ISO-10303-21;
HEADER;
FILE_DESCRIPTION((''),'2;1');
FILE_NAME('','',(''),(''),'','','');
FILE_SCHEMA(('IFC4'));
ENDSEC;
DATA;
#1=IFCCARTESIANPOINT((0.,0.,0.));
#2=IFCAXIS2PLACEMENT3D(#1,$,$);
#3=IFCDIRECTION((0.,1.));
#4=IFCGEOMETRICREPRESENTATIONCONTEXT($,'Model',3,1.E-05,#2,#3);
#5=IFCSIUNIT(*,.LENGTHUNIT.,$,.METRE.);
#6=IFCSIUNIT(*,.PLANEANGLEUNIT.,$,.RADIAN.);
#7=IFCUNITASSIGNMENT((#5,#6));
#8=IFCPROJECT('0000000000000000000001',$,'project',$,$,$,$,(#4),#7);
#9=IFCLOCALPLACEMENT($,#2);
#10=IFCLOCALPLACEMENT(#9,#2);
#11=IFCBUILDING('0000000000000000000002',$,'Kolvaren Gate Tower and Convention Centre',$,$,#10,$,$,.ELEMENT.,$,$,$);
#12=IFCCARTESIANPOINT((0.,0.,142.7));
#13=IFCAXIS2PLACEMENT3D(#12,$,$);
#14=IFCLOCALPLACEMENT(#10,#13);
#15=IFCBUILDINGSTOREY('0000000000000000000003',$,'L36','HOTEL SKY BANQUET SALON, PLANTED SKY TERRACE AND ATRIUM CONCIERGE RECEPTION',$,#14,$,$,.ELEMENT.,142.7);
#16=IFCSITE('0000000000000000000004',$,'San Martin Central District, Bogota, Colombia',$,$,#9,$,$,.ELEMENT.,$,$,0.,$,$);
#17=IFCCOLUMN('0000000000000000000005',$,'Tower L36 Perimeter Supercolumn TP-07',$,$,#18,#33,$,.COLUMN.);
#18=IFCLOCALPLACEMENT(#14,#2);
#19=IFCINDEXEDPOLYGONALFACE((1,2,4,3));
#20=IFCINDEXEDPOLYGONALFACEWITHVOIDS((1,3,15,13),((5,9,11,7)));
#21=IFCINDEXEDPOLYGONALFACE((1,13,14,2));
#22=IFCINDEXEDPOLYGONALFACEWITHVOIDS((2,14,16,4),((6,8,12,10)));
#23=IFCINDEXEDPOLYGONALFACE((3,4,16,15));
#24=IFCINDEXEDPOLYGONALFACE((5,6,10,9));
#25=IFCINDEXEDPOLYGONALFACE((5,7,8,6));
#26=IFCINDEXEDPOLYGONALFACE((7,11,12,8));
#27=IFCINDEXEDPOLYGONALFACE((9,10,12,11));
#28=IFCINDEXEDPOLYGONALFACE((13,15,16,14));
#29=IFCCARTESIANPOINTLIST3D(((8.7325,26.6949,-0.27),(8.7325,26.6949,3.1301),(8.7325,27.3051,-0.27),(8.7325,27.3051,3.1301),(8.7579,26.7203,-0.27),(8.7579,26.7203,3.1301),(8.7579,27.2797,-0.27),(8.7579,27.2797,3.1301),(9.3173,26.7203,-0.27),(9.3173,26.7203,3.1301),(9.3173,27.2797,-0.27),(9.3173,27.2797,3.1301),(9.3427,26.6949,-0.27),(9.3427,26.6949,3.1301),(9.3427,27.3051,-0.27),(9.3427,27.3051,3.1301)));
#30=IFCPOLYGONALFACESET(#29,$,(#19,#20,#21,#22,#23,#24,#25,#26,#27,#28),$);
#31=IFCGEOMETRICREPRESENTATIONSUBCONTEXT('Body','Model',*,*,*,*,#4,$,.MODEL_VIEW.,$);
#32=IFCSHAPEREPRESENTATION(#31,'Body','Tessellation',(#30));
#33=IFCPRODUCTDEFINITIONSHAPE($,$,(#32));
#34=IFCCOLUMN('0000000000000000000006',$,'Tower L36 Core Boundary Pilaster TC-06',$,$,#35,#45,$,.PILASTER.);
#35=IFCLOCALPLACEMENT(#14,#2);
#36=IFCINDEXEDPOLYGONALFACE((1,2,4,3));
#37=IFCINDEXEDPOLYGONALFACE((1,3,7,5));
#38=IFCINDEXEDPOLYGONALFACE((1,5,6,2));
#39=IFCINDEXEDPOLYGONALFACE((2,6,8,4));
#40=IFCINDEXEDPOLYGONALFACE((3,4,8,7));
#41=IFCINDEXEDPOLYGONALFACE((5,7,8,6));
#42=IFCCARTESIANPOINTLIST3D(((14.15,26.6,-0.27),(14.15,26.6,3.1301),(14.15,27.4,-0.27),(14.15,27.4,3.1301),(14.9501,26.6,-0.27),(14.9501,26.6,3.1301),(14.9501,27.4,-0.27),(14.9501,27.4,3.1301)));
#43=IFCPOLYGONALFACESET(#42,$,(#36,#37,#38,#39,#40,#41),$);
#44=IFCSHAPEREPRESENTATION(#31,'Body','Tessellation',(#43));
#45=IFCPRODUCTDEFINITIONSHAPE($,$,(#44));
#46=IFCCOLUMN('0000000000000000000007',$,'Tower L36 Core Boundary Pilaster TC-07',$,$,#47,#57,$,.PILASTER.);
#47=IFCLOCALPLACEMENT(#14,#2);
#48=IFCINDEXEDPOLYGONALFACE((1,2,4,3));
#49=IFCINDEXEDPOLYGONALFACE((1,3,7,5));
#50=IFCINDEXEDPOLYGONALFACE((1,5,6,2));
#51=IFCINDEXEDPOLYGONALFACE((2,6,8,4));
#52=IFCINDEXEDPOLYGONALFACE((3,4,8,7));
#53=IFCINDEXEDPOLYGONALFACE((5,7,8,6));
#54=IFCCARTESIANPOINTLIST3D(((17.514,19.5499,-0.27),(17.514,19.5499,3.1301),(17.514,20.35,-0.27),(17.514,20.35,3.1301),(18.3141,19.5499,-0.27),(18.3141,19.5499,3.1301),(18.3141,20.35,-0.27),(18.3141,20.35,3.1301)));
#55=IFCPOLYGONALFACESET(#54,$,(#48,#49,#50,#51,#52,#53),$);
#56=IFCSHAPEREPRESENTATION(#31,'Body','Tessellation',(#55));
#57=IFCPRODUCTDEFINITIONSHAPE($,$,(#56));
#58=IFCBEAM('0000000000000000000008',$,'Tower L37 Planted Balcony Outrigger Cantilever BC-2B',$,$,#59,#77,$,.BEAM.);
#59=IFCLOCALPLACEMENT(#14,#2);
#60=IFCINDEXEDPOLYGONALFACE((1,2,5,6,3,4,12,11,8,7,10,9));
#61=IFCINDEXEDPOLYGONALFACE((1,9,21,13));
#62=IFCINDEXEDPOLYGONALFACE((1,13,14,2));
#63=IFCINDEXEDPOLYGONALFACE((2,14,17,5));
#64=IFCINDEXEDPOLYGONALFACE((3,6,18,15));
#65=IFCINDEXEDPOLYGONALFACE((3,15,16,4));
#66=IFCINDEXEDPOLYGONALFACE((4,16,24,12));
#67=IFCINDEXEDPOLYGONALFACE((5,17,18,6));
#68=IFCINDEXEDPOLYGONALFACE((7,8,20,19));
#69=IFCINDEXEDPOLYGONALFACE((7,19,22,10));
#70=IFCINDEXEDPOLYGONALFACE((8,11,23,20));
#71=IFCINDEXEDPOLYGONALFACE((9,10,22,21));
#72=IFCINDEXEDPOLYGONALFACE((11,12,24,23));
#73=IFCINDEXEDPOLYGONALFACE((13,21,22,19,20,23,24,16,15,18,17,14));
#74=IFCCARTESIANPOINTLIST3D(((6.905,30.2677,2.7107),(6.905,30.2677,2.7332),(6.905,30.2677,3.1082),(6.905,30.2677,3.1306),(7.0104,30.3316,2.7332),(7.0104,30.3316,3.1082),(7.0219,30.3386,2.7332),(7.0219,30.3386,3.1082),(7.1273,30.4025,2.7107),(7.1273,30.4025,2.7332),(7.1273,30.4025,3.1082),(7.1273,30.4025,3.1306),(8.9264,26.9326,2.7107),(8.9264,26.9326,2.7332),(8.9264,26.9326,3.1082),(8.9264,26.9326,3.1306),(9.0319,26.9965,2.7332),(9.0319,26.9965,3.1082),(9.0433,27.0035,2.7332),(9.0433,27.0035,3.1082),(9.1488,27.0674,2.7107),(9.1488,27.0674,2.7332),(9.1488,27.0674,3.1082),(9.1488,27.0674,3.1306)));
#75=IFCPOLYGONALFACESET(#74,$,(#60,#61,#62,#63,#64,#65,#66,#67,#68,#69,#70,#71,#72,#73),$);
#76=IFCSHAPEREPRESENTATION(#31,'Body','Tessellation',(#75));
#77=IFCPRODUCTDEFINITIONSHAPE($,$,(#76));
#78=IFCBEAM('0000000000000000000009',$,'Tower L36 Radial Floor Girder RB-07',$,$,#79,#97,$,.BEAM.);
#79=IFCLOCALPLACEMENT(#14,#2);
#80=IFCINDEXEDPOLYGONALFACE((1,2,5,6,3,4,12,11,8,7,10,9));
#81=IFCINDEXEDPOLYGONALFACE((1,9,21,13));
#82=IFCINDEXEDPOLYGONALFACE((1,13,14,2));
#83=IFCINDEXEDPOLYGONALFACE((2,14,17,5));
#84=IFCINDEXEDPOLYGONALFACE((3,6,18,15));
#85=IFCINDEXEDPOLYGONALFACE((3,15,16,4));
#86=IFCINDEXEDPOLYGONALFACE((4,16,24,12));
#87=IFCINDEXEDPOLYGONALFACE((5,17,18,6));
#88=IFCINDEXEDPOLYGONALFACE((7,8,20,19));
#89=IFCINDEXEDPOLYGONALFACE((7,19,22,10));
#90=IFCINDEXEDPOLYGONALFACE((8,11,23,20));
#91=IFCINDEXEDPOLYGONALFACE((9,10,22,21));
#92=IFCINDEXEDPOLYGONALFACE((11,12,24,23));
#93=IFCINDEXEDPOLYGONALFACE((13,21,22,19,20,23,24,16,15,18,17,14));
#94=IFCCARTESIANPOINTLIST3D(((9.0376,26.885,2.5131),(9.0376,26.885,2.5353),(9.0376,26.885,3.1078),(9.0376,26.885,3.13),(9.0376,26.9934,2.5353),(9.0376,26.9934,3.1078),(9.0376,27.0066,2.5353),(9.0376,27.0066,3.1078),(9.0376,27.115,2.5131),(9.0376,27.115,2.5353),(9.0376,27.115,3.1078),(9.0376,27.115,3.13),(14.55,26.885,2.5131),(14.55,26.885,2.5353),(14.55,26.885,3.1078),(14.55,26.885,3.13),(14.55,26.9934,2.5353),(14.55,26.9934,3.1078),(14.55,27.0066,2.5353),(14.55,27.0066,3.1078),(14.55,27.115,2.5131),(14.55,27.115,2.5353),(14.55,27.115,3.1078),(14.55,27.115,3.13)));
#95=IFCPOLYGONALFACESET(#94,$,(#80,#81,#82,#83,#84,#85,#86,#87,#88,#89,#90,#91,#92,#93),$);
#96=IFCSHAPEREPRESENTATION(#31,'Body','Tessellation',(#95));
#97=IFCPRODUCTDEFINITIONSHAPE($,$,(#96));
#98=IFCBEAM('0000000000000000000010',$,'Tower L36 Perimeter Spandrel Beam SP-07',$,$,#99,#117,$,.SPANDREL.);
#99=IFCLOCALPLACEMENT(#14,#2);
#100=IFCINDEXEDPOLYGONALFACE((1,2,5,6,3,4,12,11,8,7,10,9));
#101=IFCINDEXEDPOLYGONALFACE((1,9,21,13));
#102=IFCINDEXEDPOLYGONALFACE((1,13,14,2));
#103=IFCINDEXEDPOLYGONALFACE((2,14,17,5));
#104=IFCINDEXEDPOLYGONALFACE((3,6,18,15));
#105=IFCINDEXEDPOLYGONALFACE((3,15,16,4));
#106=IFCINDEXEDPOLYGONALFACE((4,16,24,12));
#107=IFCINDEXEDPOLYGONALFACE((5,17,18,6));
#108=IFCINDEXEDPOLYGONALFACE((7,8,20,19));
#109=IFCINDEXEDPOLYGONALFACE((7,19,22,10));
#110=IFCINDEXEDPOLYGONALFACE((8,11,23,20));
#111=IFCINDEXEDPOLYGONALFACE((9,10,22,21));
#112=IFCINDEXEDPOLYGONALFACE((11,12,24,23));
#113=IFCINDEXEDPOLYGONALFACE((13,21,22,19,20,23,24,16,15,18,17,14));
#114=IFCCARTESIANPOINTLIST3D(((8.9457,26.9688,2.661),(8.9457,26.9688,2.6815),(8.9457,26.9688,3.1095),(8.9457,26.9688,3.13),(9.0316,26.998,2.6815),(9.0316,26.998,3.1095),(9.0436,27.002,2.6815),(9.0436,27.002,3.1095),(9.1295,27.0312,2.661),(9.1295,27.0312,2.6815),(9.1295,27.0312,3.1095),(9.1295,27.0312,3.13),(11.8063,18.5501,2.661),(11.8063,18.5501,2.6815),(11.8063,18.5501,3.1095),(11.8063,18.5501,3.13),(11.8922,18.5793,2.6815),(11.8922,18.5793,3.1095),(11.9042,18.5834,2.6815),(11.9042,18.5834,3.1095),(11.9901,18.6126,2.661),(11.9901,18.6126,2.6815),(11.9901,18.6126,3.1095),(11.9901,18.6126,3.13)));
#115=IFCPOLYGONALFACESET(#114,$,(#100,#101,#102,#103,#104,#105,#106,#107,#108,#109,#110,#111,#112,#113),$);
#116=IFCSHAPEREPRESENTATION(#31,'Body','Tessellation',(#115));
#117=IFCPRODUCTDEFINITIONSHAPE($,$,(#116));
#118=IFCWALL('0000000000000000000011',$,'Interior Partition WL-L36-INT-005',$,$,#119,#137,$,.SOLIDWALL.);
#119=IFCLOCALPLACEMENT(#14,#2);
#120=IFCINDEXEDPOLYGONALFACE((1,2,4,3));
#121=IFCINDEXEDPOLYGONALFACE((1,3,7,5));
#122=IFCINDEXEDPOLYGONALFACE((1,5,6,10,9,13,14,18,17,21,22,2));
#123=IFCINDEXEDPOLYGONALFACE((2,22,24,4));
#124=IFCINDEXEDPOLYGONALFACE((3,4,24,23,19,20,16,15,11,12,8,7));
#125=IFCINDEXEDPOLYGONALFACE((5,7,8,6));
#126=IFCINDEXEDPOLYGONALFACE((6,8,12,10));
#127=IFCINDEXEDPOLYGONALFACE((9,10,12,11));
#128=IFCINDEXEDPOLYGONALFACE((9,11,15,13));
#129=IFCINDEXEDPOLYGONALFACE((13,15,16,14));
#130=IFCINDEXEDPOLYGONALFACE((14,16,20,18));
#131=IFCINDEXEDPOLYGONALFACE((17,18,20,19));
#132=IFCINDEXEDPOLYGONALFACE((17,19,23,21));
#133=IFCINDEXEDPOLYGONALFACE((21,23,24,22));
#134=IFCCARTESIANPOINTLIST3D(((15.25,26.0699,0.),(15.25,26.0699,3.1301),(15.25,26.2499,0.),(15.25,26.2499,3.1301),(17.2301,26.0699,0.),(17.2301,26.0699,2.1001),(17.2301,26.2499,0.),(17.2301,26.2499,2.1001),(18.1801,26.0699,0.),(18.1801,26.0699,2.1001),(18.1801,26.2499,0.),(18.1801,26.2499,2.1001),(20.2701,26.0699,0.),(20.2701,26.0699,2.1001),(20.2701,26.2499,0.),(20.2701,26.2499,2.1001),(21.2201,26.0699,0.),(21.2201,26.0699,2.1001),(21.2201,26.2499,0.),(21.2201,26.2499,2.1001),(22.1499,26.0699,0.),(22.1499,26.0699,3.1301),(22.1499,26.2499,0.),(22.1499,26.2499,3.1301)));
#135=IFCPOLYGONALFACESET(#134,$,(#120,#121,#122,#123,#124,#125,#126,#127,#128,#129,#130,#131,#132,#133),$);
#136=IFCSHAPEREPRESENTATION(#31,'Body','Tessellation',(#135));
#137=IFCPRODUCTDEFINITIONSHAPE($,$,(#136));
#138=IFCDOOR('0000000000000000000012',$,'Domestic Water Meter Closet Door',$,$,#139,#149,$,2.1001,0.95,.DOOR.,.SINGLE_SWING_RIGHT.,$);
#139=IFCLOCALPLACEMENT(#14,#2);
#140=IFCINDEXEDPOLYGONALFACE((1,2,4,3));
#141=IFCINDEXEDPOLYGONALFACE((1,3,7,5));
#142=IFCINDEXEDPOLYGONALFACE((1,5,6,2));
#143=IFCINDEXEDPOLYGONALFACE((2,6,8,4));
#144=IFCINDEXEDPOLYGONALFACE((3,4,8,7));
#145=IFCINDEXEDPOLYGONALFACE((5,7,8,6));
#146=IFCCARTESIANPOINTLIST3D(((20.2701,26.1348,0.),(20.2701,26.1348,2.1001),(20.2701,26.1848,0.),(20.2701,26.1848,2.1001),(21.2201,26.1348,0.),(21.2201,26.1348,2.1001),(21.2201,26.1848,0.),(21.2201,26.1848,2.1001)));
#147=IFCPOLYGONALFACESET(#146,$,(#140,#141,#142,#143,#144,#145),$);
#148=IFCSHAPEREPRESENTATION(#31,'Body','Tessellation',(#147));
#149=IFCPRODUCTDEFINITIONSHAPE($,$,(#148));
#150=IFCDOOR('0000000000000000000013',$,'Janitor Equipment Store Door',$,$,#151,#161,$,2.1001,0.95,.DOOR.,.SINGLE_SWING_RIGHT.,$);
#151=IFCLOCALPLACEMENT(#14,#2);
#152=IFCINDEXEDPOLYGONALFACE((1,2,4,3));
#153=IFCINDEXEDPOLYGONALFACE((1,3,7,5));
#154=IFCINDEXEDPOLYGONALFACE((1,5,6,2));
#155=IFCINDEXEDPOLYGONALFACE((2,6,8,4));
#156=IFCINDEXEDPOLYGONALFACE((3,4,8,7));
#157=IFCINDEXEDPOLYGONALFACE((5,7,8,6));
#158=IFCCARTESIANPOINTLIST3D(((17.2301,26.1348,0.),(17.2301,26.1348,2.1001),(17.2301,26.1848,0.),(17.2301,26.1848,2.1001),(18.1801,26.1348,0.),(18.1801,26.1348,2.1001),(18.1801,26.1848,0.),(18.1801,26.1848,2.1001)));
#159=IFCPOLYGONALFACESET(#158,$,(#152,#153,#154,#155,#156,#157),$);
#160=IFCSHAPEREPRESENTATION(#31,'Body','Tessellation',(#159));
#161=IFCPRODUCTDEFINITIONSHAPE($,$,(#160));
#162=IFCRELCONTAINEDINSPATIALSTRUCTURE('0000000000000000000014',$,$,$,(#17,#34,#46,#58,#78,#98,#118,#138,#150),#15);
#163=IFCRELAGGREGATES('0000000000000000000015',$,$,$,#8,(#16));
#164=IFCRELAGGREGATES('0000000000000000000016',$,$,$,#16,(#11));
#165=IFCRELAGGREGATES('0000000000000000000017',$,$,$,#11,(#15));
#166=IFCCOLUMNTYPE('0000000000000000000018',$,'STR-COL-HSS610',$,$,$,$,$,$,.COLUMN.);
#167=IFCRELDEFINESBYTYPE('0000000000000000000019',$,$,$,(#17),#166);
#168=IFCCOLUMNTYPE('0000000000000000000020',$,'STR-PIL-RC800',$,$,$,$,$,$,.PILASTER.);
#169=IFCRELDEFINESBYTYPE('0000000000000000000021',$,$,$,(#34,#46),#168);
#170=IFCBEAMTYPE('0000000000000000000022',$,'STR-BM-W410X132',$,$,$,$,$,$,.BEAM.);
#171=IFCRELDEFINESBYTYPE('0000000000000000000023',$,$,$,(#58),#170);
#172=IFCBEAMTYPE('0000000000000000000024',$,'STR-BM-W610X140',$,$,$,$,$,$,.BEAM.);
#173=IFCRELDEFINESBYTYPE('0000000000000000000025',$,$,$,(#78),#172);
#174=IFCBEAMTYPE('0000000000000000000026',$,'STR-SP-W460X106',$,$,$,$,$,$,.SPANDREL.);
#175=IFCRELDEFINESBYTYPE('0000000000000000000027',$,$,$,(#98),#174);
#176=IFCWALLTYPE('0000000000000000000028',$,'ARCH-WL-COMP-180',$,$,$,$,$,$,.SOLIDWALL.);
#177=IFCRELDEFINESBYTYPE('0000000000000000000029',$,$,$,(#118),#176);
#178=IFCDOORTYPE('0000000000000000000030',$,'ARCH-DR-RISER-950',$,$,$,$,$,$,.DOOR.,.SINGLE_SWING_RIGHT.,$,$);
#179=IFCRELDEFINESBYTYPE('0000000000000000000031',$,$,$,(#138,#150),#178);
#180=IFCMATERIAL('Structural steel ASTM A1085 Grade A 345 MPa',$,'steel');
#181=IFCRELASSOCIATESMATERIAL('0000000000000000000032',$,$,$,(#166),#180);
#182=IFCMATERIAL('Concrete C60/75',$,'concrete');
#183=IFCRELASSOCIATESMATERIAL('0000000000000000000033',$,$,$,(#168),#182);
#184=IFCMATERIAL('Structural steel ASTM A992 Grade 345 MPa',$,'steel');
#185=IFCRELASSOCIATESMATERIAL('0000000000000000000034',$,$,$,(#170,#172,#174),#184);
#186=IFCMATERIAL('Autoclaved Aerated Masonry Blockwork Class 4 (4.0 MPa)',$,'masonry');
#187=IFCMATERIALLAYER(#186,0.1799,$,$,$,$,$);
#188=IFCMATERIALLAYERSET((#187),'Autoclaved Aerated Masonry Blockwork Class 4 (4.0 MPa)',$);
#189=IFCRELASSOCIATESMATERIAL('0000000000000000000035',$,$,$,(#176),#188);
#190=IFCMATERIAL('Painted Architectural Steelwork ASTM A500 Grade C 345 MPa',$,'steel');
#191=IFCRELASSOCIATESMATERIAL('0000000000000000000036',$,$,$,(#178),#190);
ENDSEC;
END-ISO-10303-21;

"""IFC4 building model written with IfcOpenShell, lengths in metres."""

from ifc_helpers import new_model, si_unit, direction, frame, frame_2d, origin, origin_2d, place, context, subcontext, project, spatial, rectangle, hollow_rectangle, i_section, extrude, material, layer, layer_set, material_profile, profile_set, type_object, element, fill, save


model = new_model("IFC4")

# Units and contexts
model_context = context("Model", 3, precision=1e-05, world=origin(), true_north=direction((0.0, 1.0)))
body_context = subcontext(model_context, "Body", "Model", "MODEL_VIEW")
ifc_project = project(units=[si_unit("LENGTHUNIT", "METRE"), si_unit("PLANEANGLEUNIT", "RADIAN")], contexts=[model_context])

# Site, building, storey
site_placement = place(None, origin())
site = spatial("IfcSite", under=ifc_project, at=site_placement, Name="San Martin Central District, Bogota, Colombia", CompositionType="ELEMENT", RefElevation=0.0)
building_placement = place(site_placement, origin())
building = spatial("IfcBuilding", under=site, at=building_placement, Name="Kolvaren Gate Tower and Convention Centre", CompositionType="ELEMENT")
storey_placement = place(building_placement, frame((0.0, 0.0, 142.7)))
storey = spatial("IfcBuildingStorey", under=building, at=storey_placement, Name="L36", Description="HOTEL SKY BANQUET SALON, PLANTED SKY TERRACE AND ATRIUM CONCIERGE RECEPTION", CompositionType="ELEMENT", Elevation=142.7)

# Columns
ifc_material_1 = material(Name="Structural steel ASTM A1085 Grade A 345 MPa", Category="steel")
ifc_material_profile_1 = material_profile(ifc_material_1, hollow_rectangle(XDim=0.6101, YDim=0.6101, WallThickness=0.0254, at=origin_2d()), Name="HSS610X610X25.4")
ifc_profile_set_1 = profile_set([ifc_material_profile_1], Name="Structural steel ASTM A1085 Grade A 345 MPa")
column_type_1 = type_object("IfcColumnType", Name="STR-COL-HSS610", PredefinedType="COLUMN", material=ifc_profile_set_1)
column_placement = place(storey_placement, frame((9.0376, 27.0, -0.27), z_axis=(0.0, 0.0, 1.0), x_axis=(1.0, 0.0, 0.0)))
element("IfcColumn", 1, at=column_placement, inside=storey, type_object=column_type_1, Name="Tower L36 Perimeter Supercolumn TP-07", PredefinedType="COLUMN", context=body_context, shape_type="SweptSolid", body=[
    extrude(hollow_rectangle(XDim=0.6101, YDim=0.6101, WallThickness=0.0254, at=origin_2d()), origin(), (0.0, 0.0, 1.0), 3.4001),
])
ifc_material_2 = material(Name="Concrete C60/75", Category="concrete")
ifc_material_profile_2 = material_profile(ifc_material_2, rectangle(XDim=0.8, YDim=0.8, at=origin_2d()), Name="RC-COL-800X800")
ifc_profile_set_2 = profile_set([ifc_material_profile_2], Name="Concrete C60/75")
column_type_2 = type_object("IfcColumnType", Name="STR-PIL-RC800", PredefinedType="PILASTER", material=ifc_profile_set_2)
for number, where, z_axis, x_axis, name in (
    (2, (14.55, 27.0, -0.27), (0.0, 0.0, 1.0), (1.0, 0.0, 0.0), "Tower L36 Core Boundary Pilaster TC-06"),
    (3, (17.9141, 19.95, -0.27), (0.0, 0.0, 1.0), (1.0, 0.0, 0.0), "Tower L36 Core Boundary Pilaster TC-07"),
):
    element("IfcColumn", number, at=place(storey_placement, frame(where, z_axis=z_axis, x_axis=x_axis)), inside=storey, type_object=column_type_2, Name=name, PredefinedType="PILASTER", context=body_context, shape_type="SweptSolid", body=[
        extrude(rectangle(XDim=0.8, YDim=0.8, at=origin_2d()), origin(), (0.0, 0.0, 1.0), 3.4001),
    ])

# Beams
ifc_material_3 = material(Name="Structural steel ASTM A992 Grade 345 MPa", Category="steel")
ifc_material_profile_3 = material_profile(ifc_material_3, i_section(OverallWidth=0.26, OverallDepth=0.4199, WebThickness=0.0134, FlangeThickness=0.0225, at=origin_2d()), Name="W410X132")
ifc_profile_set_3 = profile_set([ifc_material_profile_3], Name="Structural steel ASTM A992 Grade 345 MPa")
beam_type_1 = type_object("IfcBeamType", Name="STR-BM-W410X132", PredefinedType="BEAM", material=ifc_profile_set_3)
beam_1_placement = place(storey_placement, frame((9.0376, 27.0, 2.9207), z_axis=(-0.518329, 0.855181, 0.0), x_axis=(-0.855181, -0.518329, 0.0)))
element("IfcBeam", 4, at=beam_1_placement, inside=storey, type_object=beam_type_1, Name="Tower L37 Planted Balcony Outrigger Cantilever BC-2B", PredefinedType="BEAM", context=body_context, shape_type="SweptSolid", body=[
    extrude(i_section(OverallWidth=0.26, OverallDepth=0.4199, WebThickness=0.0134, FlangeThickness=0.0225, at=origin_2d()), origin(), (0.0, 0.0, 1.0), 3.8999),
])
ifc_material_profile_4 = material_profile(ifc_material_3, i_section(OverallWidth=0.23, OverallDepth=0.6169, WebThickness=0.0132, FlangeThickness=0.0222, at=origin_2d()), Name="W610X140")
ifc_profile_set_4 = profile_set([ifc_material_profile_4], Name="Structural steel ASTM A992 Grade 345 MPa")
beam_type_2 = type_object("IfcBeamType", Name="STR-BM-W610X140", PredefinedType="BEAM", material=ifc_profile_set_4)
beam_2_placement = place(storey_placement, frame((14.55, 27.0, 2.8215), z_axis=(-1.0, 0.0, 0.0), x_axis=(0.0, -1.0, 0.0)))
element("IfcBeam", 5, at=beam_2_placement, inside=storey, type_object=beam_type_2, Name="Tower L36 Radial Floor Girder RB-07", PredefinedType="BEAM", context=body_context, shape_type="SweptSolid", body=[
    extrude(i_section(OverallWidth=0.23, OverallDepth=0.6169, WebThickness=0.0132, FlangeThickness=0.0222, at=origin_2d()), origin(), (0.0, 0.0, 1.0), 5.5125),
])
ifc_material_profile_5 = material_profile(ifc_material_3, i_section(OverallWidth=0.1941, OverallDepth=0.469, WebThickness=0.0127, FlangeThickness=0.0205, at=origin_2d()), Name="W460X106")
ifc_profile_set_5 = profile_set([ifc_material_profile_5], Name="Structural steel ASTM A992 Grade 345 MPa")
beam_type_3 = type_object("IfcBeamType", Name="STR-SP-W460X106", PredefinedType="SPANDREL", material=ifc_profile_set_5)
beam_3_placement = place(storey_placement, frame((9.0376, 27.0, 2.8955), z_axis=(0.321725, -0.946833, 0.0), x_axis=(0.946833, 0.321725, 0.0)))
element("IfcBeam", 6, at=beam_3_placement, inside=storey, type_object=beam_type_3, Name="Tower L36 Perimeter Spandrel Beam SP-07", PredefinedType="SPANDREL", context=body_context, shape_type="SweptSolid", body=[
    extrude(i_section(OverallWidth=0.1941, OverallDepth=0.469, WebThickness=0.0127, FlangeThickness=0.0205, at=origin_2d()), origin(), (0.0, 0.0, 1.0), 8.8914),
])

# Wall, openings, doors
ifc_material_4 = material(Name="Autoclaved Aerated Masonry Blockwork Class 4 (4.0 MPa)", Category="masonry")
ifc_layer_1 = layer(ifc_material_4, 0.1799)
ifc_layer_set_1 = layer_set([ifc_layer_1], Name="Autoclaved Aerated Masonry Blockwork Class 4 (4.0 MPa)")
wall_type_1 = type_object("IfcWallType", Name="ARCH-WL-COMP-180", PredefinedType="SOLIDWALL", material=ifc_layer_set_1)
wall_1_placement = place(storey_placement, frame((15.25, 26.1599, 0.0), z_axis=(0.0, 0.0, 1.0), x_axis=(1.0, 0.0, 0.0)))
wall_1 = element("IfcWall", 7, at=wall_1_placement, inside=storey, type_object=wall_type_1, Name="Interior Partition WL-L36-INT-005", PredefinedType="SOLIDWALL", context=body_context, shape_type="SweptSolid", body=[
    extrude(rectangle(XDim=6.8999, YDim=0.1799, at=frame_2d((3.45, 0.0))), origin(), (0.0, 0.0, 1.0), 3.1301),
])
opening_1_placement = place(wall_1_placement, frame((5.02, 0.0, 0.0)))
opening_1 = element("IfcOpeningElement", 8, at=opening_1_placement, cuts=wall_1, PredefinedType="OPENING", context=body_context, shape_type="SweptSolid", body=[
    extrude(rectangle(XDim=0.95, YDim=2.1001, at=frame_2d((0.4751, 1.05))), frame((0.0, 0.0999, 0.0), z_axis=(0.0, -1.0, 0.0), x_axis=(1.0, 0.0, 0.0)), (0.0, 0.0, 1.0), 0.2),
])
opening_2_placement = place(wall_1_placement, frame((1.98, 0.0, 0.0)))
opening_2 = element("IfcOpeningElement", 9, at=opening_2_placement, cuts=wall_1, PredefinedType="OPENING", context=body_context, shape_type="SweptSolid", body=[
    extrude(rectangle(XDim=0.95, YDim=2.1001, at=frame_2d((0.4751, 1.05))), frame((0.0, 0.0999, 0.0), z_axis=(0.0, -1.0, 0.0), x_axis=(1.0, 0.0, 0.0)), (0.0, 0.0, 1.0), 0.2),
])
ifc_material_5 = material(Name="Painted Architectural Steelwork ASTM A500 Grade C 345 MPa", Category="steel")
door_type = type_object("IfcDoorType", Name="ARCH-DR-RISER-950", OperationType="SINGLE_SWING_RIGHT", PredefinedType="DOOR", material=ifc_material_5)
door_1_placement = place(opening_1_placement, origin())
door_1 = element("IfcDoor", 10, at=door_1_placement, inside=storey, type_object=door_type, Name="Domestic Water Meter Closet Door", OperationType="SINGLE_SWING_RIGHT", OverallHeight=2.1001, OverallWidth=0.95, PredefinedType="DOOR", context=body_context, shape_type="SweptSolid", body=[
    extrude(rectangle(XDim=0.95, YDim=2.1001, at=frame_2d((0.4751, 1.05))), frame((0.0, 0.0249, 0.0), z_axis=(0.0, -1.0, 0.0), x_axis=(1.0, 0.0, 0.0)), (0.0, 0.0, 1.0), 0.05),
])
fill(opening_1, door_1)
door_2_placement = place(opening_2_placement, origin())
door_2 = element("IfcDoor", 11, at=door_2_placement, inside=storey, type_object=door_type, Name="Janitor Equipment Store Door", OperationType="SINGLE_SWING_RIGHT", OverallHeight=2.1001, OverallWidth=0.95, PredefinedType="DOOR", context=body_context, shape_type="SweptSolid", body=[
    extrude(rectangle(XDim=0.95, YDim=2.1001, at=frame_2d((0.4751, 1.05))), frame((0.0, 0.0249, 0.0), z_axis=(0.0, -1.0, 0.0), x_axis=(1.0, 0.0, 0.0)), (0.0, 0.0, 1.0), 0.05),
])
fill(opening_2, door_2)

save(model, "model.ifc")
